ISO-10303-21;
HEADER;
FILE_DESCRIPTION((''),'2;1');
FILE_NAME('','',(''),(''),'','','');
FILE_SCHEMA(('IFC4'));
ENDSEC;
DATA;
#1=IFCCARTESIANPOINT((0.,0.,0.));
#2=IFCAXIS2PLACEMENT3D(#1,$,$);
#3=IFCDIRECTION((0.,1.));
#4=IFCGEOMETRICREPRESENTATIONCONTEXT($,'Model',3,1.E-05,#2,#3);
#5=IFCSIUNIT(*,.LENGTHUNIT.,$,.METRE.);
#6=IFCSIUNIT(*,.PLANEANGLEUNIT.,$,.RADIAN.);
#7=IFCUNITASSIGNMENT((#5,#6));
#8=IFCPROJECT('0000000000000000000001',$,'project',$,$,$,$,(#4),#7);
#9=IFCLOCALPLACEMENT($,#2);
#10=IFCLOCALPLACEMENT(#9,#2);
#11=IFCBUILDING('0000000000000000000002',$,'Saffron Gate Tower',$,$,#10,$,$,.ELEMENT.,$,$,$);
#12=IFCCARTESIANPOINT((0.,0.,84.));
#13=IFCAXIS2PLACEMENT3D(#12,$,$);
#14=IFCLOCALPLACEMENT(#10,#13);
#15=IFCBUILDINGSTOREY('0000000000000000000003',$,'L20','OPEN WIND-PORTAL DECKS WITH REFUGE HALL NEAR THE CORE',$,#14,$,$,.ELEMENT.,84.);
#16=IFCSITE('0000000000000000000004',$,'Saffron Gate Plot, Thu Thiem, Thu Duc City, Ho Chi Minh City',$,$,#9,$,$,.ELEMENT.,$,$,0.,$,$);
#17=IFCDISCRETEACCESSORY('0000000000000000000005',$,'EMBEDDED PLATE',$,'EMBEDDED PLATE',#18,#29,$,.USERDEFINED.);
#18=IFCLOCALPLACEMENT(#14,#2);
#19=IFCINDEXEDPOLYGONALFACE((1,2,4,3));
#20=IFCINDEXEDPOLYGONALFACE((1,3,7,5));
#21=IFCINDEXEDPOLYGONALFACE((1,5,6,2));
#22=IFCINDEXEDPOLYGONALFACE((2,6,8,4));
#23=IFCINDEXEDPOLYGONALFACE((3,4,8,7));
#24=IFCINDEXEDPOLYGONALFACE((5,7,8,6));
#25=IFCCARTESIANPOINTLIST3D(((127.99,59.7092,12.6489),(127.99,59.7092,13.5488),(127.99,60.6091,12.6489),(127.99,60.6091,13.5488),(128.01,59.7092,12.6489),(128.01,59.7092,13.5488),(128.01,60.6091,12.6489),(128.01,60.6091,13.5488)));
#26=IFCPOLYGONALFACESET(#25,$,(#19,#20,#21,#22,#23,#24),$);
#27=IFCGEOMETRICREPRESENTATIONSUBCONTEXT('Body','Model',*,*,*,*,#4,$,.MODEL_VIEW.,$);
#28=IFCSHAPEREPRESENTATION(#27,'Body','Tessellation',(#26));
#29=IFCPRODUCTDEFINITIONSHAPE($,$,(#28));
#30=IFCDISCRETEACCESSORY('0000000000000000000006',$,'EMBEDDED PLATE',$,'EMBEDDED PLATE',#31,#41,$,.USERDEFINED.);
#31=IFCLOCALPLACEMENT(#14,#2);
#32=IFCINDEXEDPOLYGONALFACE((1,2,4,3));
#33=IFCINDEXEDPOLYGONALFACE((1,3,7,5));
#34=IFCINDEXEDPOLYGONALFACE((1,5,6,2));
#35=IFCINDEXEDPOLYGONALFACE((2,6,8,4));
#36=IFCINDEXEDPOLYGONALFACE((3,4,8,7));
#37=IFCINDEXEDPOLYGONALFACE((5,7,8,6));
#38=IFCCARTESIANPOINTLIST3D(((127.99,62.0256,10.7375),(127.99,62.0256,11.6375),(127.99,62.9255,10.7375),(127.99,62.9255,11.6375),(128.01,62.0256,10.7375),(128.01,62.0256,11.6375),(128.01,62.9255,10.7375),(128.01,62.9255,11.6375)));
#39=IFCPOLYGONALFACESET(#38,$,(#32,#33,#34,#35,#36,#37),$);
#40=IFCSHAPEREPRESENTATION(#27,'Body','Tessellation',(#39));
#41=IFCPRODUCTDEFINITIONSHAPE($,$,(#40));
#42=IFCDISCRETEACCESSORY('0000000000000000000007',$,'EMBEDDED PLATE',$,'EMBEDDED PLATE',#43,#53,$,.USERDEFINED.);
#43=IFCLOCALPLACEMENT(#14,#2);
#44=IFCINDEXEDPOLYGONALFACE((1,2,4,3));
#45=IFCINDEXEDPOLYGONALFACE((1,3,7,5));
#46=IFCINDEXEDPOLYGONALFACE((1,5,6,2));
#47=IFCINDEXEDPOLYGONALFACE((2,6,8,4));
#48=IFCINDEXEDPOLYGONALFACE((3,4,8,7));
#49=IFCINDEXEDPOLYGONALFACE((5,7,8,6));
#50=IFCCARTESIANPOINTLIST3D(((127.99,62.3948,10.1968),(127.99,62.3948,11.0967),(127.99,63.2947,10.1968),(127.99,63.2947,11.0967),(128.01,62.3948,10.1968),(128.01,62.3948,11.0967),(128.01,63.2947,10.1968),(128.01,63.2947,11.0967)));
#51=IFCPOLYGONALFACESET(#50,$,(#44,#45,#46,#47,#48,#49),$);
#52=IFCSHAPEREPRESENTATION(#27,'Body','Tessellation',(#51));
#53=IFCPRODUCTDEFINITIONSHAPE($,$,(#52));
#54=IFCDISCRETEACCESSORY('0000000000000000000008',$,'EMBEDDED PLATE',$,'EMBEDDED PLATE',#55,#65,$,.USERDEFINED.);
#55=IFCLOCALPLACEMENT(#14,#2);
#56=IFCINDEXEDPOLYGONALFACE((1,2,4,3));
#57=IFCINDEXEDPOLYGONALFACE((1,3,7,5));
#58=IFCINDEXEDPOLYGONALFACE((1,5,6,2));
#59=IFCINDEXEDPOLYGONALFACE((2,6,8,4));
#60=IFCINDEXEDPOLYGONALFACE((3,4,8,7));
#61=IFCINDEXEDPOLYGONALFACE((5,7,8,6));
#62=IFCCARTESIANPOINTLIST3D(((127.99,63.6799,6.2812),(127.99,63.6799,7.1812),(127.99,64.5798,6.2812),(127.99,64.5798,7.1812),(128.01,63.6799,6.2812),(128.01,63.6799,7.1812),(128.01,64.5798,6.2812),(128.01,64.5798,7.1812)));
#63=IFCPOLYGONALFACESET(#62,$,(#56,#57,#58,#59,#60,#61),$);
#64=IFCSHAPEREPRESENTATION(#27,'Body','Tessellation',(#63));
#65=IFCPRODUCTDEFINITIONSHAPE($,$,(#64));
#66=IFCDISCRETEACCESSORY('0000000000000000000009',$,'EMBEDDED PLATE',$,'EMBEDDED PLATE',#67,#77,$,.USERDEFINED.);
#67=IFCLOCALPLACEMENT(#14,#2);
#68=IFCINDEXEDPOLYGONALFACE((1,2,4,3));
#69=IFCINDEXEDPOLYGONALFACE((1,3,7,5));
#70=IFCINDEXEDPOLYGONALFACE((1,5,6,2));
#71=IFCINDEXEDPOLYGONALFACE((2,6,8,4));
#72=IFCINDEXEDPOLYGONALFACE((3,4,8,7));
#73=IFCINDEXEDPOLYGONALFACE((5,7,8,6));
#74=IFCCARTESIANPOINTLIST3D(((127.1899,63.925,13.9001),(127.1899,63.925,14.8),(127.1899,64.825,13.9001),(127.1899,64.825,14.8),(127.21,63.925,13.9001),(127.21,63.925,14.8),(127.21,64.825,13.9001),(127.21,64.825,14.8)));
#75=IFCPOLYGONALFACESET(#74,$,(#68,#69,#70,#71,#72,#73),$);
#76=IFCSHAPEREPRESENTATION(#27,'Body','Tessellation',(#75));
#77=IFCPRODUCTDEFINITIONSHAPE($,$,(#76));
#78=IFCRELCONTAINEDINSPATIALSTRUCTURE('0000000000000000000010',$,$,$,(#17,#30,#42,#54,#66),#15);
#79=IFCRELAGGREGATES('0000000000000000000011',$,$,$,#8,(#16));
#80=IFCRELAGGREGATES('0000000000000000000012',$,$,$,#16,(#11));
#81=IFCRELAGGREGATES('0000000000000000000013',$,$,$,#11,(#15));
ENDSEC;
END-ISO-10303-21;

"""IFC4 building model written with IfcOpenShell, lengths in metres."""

from ifc_helpers import new_model, si_unit, direction, frame, origin, origin_2d, place, context, subcontext, project, spatial, rectangle, extrude, element, save


model = new_model("IFC4")

# Units and contexts
model_context = context("Model", 3, precision=1e-05, world=origin(), true_north=direction((0.0, 1.0)))
body_context = subcontext(model_context, "Body", "Model", "MODEL_VIEW")
ifc_project = project(units=[si_unit("LENGTHUNIT", "METRE"), si_unit("PLANEANGLEUNIT", "RADIAN")], contexts=[model_context])

# Site, building, storey
site_placement = place(None, origin())
site = spatial("IfcSite", under=ifc_project, at=site_placement, Name="Saffron Gate Plot, Thu Thiem, Thu Duc City, Ho Chi Minh City", CompositionType="ELEMENT", RefElevation=0.0)
building_placement = place(site_placement, origin())
building = spatial("IfcBuilding", under=site, at=building_placement, Name="Saffron Gate Tower", CompositionType="ELEMENT")
storey_placement = place(building_placement, frame((0.0, 0.0, 84.0)))
storey = spatial("IfcBuildingStorey", under=building, at=storey_placement, Name="L20", Description="OPEN WIND-PORTAL DECKS WITH REFUGE HALL NEAR THE CORE", CompositionType="ELEMENT", Elevation=84.0)

# Discrete accessories
for number, where, z_axis, x_axis, name in (
    (1, (128.0, 60.1592, 12.6489), (0.0, 0.0, 1.0), (0.0, 1.0, 0.0), "EMBEDDED PLATE"),
    (2, (128.0, 62.4756, 10.7375), (0.0, 0.0, 1.0), (0.0, 1.0, 0.0), "EMBEDDED PLATE"),
    (3, (128.0, 62.8447, 10.1968), (0.0, 0.0, 1.0), (0.0, 1.0, 0.0), "EMBEDDED PLATE"),
    (4, (128.0, 64.1299, 6.2812), (0.0, 0.0, 1.0), (0.0, 1.0, 0.0), "EMBEDDED PLATE"),
    (5, (127.2, 64.375, 13.9001), (0.0, 0.0, 1.0), (0.0, 1.0, 0.0), "EMBEDDED PLATE"),
):
    element("IfcDiscreteAccessory", number, at=place(storey_placement, frame(where, z_axis=z_axis, x_axis=x_axis)), inside=storey, Name=name, ObjectType="EMBEDDED PLATE", PredefinedType="USERDEFINED", context=body_context, shape_type="SweptSolid", body=[
        extrude(rectangle(XDim=0.8999, YDim=0.02, at=origin_2d()), origin(), (0.0, 0.0, 1.0), 0.8999),
    ])

save(model, "model.ifc")
